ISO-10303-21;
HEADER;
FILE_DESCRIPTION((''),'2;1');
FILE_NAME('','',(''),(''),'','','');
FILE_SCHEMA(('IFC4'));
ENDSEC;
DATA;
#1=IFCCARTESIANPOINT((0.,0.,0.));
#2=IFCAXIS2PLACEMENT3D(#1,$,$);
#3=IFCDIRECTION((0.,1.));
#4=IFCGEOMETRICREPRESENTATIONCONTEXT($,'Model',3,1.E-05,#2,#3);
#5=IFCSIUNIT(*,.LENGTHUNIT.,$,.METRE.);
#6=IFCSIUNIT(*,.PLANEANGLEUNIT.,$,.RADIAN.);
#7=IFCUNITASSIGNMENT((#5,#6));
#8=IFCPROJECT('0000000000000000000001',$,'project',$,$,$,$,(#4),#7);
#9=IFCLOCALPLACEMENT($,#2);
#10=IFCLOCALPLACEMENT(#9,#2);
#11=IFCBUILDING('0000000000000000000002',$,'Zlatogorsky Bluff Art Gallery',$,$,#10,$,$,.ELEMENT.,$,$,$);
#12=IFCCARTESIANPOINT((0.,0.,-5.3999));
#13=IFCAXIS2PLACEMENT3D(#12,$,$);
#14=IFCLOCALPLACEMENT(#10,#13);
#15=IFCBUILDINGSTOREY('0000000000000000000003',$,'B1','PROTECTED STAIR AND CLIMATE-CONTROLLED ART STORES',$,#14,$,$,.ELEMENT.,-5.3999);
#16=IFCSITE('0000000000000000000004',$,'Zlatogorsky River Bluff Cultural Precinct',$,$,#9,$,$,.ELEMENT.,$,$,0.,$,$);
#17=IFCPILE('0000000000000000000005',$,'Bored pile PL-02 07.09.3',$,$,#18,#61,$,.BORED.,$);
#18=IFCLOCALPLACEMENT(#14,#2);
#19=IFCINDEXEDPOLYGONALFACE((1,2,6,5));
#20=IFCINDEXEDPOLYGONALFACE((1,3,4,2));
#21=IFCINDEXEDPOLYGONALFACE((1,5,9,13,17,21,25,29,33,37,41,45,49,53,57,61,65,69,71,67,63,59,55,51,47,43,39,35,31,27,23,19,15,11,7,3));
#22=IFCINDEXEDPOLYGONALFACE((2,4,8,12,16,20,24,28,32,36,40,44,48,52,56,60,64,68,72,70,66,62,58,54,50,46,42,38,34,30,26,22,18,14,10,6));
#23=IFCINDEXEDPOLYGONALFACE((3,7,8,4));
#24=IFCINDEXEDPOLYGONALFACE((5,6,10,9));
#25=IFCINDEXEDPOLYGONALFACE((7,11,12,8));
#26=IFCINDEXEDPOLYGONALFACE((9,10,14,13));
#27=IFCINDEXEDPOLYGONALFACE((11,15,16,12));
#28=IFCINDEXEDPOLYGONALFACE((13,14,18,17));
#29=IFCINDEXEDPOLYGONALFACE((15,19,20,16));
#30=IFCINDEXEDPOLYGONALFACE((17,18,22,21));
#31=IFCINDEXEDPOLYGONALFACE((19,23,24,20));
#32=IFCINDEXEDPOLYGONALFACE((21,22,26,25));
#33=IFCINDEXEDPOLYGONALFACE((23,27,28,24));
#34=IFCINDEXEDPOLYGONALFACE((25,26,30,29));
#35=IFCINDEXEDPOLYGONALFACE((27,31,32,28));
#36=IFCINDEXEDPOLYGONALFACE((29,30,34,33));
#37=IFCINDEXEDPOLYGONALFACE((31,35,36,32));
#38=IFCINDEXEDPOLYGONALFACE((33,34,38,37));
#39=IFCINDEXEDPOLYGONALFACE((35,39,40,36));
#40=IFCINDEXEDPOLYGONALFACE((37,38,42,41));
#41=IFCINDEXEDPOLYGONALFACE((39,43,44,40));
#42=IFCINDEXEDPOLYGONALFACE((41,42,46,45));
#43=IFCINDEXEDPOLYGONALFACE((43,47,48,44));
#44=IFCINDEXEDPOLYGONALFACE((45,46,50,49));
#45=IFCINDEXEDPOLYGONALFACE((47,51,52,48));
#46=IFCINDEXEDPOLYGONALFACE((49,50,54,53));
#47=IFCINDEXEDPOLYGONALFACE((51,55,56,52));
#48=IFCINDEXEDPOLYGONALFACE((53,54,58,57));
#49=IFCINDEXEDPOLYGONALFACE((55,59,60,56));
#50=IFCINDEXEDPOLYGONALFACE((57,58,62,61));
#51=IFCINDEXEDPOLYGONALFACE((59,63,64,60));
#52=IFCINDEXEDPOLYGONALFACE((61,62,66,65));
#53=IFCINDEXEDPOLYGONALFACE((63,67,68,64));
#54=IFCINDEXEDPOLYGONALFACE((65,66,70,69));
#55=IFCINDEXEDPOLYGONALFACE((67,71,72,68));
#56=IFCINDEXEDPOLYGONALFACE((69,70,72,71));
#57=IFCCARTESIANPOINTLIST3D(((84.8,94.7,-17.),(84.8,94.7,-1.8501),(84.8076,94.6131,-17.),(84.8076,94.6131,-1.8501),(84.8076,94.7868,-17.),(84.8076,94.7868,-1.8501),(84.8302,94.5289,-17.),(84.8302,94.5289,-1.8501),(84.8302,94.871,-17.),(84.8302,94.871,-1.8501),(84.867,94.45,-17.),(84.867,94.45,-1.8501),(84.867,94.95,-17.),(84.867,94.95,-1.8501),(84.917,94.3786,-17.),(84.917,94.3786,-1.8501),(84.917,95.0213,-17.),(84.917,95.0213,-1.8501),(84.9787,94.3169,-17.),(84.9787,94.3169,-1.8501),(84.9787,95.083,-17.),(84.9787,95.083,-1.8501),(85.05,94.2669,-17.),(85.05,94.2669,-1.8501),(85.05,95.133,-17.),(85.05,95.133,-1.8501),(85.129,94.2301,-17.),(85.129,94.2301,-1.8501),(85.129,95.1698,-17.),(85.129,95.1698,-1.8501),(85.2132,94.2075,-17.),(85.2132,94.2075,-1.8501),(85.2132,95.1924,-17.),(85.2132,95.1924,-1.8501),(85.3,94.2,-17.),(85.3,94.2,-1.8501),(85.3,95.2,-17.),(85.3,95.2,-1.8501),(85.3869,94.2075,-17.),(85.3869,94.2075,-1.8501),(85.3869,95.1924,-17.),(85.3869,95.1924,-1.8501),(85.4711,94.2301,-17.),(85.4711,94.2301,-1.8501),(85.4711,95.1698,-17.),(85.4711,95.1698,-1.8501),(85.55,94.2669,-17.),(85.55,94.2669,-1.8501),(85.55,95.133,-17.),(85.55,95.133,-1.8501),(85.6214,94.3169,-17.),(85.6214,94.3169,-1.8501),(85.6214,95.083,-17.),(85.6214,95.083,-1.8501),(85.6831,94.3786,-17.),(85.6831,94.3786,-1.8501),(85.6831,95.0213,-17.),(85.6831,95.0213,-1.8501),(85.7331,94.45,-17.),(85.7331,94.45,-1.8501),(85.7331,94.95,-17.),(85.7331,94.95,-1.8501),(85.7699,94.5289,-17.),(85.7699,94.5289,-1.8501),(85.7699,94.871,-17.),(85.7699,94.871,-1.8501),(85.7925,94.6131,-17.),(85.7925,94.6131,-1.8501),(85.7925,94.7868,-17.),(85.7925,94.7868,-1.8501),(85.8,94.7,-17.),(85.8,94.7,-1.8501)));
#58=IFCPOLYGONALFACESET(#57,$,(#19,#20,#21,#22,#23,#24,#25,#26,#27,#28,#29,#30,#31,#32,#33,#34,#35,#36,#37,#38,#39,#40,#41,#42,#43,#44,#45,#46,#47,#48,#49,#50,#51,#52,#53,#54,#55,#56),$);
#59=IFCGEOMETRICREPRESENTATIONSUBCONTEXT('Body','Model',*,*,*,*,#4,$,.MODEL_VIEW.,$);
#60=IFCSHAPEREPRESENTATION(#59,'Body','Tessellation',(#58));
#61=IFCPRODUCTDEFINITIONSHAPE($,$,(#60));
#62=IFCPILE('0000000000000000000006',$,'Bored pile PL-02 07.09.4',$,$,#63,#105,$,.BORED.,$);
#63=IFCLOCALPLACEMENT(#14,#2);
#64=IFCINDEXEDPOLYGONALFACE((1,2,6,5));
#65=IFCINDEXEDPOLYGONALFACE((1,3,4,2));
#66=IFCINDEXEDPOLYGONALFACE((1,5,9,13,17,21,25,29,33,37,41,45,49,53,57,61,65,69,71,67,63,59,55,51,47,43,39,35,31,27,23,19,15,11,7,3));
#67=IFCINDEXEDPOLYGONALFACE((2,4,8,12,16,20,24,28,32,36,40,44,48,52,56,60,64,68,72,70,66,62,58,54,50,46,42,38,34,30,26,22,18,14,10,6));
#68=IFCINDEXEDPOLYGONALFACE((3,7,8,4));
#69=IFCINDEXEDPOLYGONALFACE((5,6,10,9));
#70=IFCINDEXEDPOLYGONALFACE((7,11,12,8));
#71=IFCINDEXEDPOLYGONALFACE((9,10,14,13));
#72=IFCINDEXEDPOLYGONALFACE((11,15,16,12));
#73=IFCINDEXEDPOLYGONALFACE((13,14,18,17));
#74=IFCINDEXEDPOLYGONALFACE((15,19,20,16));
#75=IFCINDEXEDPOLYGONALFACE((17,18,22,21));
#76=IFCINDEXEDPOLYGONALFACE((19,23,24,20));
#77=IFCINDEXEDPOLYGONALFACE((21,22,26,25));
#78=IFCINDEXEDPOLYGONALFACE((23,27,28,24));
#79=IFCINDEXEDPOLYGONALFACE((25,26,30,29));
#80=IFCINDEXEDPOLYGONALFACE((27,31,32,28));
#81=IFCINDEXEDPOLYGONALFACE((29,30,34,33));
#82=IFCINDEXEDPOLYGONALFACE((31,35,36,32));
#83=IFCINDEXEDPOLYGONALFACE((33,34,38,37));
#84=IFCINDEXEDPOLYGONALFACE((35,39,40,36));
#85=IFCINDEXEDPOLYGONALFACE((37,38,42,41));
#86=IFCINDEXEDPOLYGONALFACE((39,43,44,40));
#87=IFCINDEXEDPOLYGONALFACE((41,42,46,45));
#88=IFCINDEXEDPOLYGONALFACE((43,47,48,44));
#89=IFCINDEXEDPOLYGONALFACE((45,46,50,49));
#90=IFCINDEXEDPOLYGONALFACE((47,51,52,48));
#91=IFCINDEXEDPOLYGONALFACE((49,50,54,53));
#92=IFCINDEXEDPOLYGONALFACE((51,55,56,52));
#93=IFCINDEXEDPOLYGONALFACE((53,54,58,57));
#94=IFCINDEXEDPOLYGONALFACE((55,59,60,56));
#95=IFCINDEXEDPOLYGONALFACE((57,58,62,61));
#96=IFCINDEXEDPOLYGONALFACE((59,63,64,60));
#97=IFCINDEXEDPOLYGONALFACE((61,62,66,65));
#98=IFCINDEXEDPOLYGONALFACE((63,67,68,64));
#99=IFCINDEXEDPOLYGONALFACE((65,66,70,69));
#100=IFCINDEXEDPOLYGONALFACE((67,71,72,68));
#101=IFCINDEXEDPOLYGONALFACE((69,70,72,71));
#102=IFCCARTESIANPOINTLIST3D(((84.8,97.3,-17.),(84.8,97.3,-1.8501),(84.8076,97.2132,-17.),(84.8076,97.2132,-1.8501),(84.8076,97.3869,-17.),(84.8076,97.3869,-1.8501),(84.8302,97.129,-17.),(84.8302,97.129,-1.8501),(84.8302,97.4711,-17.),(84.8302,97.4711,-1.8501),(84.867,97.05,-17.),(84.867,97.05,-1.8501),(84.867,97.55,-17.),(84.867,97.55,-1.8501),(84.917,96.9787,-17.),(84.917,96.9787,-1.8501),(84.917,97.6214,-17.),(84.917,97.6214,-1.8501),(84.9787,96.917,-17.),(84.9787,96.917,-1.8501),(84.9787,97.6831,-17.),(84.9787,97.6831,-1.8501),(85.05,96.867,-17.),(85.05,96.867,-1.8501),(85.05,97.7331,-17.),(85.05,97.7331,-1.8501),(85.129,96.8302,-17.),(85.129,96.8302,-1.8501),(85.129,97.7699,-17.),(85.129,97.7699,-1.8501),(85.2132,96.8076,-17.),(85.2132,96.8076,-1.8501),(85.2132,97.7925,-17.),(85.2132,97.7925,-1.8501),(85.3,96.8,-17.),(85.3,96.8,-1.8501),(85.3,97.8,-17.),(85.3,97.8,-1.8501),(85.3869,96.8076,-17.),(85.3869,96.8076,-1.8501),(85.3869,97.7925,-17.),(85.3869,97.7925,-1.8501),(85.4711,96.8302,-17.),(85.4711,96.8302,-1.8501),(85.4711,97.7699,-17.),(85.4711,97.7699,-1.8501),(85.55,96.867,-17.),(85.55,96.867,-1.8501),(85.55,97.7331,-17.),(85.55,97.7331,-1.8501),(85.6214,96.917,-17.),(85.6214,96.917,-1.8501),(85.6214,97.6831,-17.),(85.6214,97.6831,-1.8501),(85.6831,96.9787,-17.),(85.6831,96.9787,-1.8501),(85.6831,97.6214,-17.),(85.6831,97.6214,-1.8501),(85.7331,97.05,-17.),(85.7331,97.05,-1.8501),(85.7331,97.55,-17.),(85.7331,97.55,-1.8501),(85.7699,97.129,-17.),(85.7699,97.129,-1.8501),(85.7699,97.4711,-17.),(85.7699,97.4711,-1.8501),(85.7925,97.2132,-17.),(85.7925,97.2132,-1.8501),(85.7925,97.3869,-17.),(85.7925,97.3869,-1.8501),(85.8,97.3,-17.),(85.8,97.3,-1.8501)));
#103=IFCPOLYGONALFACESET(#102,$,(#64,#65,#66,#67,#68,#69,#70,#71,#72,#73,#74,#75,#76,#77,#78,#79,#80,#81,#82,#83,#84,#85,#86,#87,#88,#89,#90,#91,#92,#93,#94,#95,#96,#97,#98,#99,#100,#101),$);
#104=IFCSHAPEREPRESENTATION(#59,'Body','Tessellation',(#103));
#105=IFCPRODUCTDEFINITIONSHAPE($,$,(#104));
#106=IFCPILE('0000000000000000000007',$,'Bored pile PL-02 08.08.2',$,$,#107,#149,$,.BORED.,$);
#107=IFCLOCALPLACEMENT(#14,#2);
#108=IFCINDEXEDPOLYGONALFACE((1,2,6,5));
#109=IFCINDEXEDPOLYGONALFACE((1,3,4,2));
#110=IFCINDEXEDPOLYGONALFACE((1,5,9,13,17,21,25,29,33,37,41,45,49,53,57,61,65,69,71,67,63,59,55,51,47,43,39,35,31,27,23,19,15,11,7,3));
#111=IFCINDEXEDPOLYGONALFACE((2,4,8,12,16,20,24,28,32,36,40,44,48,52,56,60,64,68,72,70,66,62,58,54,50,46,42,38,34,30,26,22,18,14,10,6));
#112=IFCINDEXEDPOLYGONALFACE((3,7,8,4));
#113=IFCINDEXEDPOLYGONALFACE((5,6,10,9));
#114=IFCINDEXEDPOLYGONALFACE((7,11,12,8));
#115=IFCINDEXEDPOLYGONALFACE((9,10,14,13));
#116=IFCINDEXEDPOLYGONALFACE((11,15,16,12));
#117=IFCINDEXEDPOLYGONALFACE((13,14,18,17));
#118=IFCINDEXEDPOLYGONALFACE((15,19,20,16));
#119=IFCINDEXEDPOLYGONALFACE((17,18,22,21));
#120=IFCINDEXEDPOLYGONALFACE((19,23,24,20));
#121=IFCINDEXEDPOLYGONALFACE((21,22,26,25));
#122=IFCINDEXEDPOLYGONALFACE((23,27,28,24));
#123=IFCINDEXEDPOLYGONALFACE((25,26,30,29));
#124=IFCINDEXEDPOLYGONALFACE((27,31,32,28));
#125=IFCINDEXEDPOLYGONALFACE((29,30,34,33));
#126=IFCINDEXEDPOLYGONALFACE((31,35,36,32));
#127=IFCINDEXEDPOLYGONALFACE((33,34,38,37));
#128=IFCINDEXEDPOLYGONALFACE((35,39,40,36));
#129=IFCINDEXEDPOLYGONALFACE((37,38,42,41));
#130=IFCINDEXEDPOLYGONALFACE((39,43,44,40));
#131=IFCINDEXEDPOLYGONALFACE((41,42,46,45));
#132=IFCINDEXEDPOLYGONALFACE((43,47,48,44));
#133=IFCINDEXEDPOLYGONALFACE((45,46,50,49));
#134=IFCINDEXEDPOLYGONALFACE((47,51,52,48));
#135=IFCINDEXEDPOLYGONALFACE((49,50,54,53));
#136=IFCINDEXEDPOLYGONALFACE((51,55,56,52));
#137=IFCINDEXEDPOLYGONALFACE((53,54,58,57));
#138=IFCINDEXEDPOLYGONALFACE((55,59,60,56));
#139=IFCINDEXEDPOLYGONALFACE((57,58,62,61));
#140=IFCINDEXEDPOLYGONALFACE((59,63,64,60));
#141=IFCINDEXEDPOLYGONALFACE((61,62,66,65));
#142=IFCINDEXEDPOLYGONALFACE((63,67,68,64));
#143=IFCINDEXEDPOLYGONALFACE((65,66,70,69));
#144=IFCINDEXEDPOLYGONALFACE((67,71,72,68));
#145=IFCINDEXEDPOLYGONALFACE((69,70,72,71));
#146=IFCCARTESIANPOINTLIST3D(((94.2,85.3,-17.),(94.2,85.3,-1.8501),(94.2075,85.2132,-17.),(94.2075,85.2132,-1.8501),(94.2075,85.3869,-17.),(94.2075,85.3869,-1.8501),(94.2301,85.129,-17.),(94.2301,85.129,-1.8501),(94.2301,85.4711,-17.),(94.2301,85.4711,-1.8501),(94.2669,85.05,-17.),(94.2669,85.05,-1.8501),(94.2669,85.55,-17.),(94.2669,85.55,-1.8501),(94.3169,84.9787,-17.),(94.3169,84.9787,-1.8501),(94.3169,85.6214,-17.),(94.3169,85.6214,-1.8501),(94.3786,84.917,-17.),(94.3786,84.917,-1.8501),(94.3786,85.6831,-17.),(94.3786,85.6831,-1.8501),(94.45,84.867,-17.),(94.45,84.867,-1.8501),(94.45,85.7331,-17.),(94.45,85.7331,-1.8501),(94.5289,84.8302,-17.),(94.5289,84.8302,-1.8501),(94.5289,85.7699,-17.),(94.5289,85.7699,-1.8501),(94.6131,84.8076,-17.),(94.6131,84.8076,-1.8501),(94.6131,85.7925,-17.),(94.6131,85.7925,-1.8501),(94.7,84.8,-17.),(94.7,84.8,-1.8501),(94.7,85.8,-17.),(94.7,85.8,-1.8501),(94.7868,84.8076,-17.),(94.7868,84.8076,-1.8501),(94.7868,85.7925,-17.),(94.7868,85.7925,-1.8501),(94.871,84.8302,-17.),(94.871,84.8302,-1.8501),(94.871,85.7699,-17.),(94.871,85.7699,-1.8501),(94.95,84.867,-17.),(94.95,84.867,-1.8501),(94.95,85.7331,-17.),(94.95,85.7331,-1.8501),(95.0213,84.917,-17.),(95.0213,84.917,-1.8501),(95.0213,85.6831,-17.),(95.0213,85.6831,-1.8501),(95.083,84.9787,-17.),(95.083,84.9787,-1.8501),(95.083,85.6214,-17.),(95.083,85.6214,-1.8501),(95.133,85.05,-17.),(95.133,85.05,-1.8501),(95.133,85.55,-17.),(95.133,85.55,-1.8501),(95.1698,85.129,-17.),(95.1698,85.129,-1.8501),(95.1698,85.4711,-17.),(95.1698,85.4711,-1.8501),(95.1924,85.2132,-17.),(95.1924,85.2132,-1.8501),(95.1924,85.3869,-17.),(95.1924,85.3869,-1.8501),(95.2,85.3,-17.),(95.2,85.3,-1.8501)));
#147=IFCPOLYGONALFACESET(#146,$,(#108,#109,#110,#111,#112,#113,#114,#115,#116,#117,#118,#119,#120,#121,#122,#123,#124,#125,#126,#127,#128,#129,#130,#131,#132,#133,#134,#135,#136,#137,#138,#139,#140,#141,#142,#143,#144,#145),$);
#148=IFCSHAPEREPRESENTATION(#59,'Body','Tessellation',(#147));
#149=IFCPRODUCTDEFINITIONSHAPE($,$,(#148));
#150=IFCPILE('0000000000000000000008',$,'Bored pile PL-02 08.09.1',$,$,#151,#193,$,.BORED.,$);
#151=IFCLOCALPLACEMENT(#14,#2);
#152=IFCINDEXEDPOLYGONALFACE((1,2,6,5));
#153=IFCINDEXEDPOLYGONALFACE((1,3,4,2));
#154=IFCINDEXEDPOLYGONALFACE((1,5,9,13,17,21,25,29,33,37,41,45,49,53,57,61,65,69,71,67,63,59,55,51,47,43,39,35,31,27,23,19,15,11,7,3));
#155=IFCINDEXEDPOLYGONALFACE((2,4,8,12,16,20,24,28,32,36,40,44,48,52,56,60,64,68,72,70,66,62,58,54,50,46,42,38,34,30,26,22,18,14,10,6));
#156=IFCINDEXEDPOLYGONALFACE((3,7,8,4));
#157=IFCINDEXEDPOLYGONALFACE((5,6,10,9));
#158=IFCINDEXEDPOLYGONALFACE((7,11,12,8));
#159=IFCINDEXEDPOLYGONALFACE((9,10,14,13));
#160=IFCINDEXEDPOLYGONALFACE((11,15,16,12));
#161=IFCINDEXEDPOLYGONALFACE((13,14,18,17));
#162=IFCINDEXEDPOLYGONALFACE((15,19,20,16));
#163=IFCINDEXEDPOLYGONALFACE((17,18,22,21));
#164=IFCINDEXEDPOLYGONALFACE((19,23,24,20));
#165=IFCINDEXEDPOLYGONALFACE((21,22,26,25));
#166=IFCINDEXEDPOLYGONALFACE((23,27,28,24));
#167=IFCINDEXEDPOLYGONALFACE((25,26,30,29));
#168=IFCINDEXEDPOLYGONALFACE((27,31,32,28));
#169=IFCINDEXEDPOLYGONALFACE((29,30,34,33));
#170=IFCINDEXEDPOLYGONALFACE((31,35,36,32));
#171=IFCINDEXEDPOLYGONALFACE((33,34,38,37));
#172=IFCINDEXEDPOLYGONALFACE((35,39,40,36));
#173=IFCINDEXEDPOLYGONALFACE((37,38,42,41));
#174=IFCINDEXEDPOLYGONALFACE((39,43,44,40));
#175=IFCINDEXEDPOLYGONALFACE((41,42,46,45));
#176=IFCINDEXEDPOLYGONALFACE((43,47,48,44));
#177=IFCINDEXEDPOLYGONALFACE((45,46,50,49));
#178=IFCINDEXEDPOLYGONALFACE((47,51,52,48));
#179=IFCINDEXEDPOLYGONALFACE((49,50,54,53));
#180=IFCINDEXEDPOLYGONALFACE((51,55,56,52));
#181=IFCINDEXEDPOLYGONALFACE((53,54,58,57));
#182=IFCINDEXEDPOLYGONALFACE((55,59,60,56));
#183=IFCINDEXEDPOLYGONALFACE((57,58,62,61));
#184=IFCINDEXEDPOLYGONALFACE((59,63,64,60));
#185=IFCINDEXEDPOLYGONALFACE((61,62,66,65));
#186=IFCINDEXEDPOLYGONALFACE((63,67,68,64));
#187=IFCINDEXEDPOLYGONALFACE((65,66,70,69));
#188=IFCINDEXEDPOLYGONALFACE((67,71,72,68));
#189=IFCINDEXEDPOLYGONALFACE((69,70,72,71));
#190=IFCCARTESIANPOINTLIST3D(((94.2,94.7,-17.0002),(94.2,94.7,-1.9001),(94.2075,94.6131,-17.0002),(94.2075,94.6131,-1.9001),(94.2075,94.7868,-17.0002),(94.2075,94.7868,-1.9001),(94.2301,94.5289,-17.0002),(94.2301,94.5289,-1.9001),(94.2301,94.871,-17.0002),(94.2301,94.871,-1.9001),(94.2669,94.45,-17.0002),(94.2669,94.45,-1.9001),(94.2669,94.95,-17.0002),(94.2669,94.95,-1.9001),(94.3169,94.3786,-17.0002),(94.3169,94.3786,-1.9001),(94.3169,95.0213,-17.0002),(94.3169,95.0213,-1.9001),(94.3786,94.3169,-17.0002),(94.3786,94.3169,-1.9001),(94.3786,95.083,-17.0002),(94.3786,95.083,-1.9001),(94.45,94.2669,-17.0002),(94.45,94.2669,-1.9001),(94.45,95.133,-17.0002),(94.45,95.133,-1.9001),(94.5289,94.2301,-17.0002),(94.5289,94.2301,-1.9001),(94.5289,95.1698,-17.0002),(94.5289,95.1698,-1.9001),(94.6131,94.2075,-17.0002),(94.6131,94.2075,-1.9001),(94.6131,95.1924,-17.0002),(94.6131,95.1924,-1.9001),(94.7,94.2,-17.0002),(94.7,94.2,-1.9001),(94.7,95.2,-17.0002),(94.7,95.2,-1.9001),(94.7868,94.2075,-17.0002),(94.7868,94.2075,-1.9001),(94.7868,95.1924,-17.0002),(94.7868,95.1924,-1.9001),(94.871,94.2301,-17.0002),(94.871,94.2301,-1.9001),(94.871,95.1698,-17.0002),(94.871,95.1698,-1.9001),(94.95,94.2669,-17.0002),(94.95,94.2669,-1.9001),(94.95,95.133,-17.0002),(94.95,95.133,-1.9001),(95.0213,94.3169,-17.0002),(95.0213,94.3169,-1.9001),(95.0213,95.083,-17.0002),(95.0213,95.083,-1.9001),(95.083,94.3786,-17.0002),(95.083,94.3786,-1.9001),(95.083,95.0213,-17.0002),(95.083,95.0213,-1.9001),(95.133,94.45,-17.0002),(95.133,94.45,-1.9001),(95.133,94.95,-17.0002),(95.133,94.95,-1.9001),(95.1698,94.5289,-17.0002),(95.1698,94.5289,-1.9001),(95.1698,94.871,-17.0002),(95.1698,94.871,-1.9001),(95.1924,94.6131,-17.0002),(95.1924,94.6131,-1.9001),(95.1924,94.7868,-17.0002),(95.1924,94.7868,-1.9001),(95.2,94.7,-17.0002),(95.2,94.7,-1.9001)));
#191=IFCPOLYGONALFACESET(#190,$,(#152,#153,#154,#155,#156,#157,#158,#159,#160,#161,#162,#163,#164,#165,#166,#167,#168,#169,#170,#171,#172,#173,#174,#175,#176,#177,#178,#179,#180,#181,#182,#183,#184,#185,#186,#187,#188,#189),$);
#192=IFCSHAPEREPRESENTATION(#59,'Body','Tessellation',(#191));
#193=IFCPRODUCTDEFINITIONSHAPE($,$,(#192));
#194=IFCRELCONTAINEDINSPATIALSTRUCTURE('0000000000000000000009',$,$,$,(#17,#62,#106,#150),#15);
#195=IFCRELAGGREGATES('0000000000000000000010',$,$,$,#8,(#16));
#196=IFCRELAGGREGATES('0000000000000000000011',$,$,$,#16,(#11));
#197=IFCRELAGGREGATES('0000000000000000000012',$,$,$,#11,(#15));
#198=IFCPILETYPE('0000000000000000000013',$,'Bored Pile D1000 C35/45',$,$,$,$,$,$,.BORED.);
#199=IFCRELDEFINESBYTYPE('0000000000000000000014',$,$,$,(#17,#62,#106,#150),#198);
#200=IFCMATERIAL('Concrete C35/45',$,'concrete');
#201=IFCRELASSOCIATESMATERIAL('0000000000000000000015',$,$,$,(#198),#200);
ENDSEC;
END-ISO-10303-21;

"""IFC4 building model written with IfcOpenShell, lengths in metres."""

from ifc_helpers import new_model, si_unit, direction, frame, origin, origin_2d, place, context, subcontext, project, spatial, circle, extrude, material, material_profile, profile_set, type_object, element, save


model = new_model("IFC4")

# Units and contexts
model_context = context("Model", 3, precision=1e-05, world=origin(), true_north=direction((0.0, 1.0)))
body_context = subcontext(model_context, "Body", "Model", "MODEL_VIEW")
ifc_project = project(units=[si_unit("LENGTHUNIT", "METRE"), si_unit("PLANEANGLEUNIT", "RADIAN")], contexts=[model_context])

# Site, building, storey
site_placement = place(None, origin())
site = spatial("IfcSite", under=ifc_project, at=site_placement, Name="Zlatogorsky River Bluff Cultural Precinct", CompositionType="ELEMENT", RefElevation=0.0)
building_placement = place(site_placement, origin())
building = spatial("IfcBuilding", under=site, at=building_placement, Name="Zlatogorsky Bluff Art Gallery", CompositionType="ELEMENT")
storey_placement = place(building_placement, frame((0.0, 0.0, -5.3999)))
storey = spatial("IfcBuildingStorey", under=building, at=storey_placement, Name="B1", Description="PROTECTED STAIR AND CLIMATE-CONTROLLED ART STORES", CompositionType="ELEMENT", Elevation=-5.3999)

# Piles
ifc_material_1 = material(Name="Concrete C35/45", Category="concrete")
ifc_material_profile_1 = material_profile(ifc_material_1, circle(Radius=0.5, at=origin_2d()), Name="BORED PILE D1000")
ifc_profile_set_1 = profile_set([ifc_material_profile_1], Name="Concrete C35/45")
pile_type = type_object("IfcPileType", Name="Bored Pile D1000 C35/45", PredefinedType="BORED", material=ifc_profile_set_1)
for number, where, z_axis, x_axis, name in (
    (1, (85.3, 94.7, -1.8501), (0.0, 0.0, -1.0), (1.0, 0.0, 0.0), "Bored pile PL-02 07.09.3"),
    (2, (85.3, 97.3, -1.8501), (0.0, 0.0, -1.0), (1.0, 0.0, 0.0), "Bored pile PL-02 07.09.4"),
    (3, (94.7, 85.3, -1.8501), (0.0, 0.0, -1.0), (1.0, 0.0, 0.0), "Bored pile PL-02 08.08.2"),
):
    element("IfcPile", number, at=place(storey_placement, frame(where, z_axis=z_axis, x_axis=x_axis)), inside=storey, type_object=pile_type, Name=name, PredefinedType="BORED", context=body_context, shape_type="SweptSolid", body=[
        extrude(circle(Radius=0.5, at=origin_2d()), origin(), (0.0, 0.0, 1.0), 15.1499),
    ])
for number, where, z_axis, x_axis, name in (
    (4, (94.7, 94.7, -1.9001), (0.0, 0.0, -1.0), (1.0, 0.0, 0.0), "Bored pile PL-02 08.09.1"),
):
    element("IfcPile", number, at=place(storey_placement, frame(where, z_axis=z_axis, x_axis=x_axis)), inside=storey, type_object=pile_type, Name=name, PredefinedType="BORED", context=body_context, shape_type="SweptSolid", body=[
        extrude(circle(Radius=0.5, at=origin_2d()), origin(), (0.0, 0.0, 1.0), 15.1001),
    ])

save(model, "model.ifc")
